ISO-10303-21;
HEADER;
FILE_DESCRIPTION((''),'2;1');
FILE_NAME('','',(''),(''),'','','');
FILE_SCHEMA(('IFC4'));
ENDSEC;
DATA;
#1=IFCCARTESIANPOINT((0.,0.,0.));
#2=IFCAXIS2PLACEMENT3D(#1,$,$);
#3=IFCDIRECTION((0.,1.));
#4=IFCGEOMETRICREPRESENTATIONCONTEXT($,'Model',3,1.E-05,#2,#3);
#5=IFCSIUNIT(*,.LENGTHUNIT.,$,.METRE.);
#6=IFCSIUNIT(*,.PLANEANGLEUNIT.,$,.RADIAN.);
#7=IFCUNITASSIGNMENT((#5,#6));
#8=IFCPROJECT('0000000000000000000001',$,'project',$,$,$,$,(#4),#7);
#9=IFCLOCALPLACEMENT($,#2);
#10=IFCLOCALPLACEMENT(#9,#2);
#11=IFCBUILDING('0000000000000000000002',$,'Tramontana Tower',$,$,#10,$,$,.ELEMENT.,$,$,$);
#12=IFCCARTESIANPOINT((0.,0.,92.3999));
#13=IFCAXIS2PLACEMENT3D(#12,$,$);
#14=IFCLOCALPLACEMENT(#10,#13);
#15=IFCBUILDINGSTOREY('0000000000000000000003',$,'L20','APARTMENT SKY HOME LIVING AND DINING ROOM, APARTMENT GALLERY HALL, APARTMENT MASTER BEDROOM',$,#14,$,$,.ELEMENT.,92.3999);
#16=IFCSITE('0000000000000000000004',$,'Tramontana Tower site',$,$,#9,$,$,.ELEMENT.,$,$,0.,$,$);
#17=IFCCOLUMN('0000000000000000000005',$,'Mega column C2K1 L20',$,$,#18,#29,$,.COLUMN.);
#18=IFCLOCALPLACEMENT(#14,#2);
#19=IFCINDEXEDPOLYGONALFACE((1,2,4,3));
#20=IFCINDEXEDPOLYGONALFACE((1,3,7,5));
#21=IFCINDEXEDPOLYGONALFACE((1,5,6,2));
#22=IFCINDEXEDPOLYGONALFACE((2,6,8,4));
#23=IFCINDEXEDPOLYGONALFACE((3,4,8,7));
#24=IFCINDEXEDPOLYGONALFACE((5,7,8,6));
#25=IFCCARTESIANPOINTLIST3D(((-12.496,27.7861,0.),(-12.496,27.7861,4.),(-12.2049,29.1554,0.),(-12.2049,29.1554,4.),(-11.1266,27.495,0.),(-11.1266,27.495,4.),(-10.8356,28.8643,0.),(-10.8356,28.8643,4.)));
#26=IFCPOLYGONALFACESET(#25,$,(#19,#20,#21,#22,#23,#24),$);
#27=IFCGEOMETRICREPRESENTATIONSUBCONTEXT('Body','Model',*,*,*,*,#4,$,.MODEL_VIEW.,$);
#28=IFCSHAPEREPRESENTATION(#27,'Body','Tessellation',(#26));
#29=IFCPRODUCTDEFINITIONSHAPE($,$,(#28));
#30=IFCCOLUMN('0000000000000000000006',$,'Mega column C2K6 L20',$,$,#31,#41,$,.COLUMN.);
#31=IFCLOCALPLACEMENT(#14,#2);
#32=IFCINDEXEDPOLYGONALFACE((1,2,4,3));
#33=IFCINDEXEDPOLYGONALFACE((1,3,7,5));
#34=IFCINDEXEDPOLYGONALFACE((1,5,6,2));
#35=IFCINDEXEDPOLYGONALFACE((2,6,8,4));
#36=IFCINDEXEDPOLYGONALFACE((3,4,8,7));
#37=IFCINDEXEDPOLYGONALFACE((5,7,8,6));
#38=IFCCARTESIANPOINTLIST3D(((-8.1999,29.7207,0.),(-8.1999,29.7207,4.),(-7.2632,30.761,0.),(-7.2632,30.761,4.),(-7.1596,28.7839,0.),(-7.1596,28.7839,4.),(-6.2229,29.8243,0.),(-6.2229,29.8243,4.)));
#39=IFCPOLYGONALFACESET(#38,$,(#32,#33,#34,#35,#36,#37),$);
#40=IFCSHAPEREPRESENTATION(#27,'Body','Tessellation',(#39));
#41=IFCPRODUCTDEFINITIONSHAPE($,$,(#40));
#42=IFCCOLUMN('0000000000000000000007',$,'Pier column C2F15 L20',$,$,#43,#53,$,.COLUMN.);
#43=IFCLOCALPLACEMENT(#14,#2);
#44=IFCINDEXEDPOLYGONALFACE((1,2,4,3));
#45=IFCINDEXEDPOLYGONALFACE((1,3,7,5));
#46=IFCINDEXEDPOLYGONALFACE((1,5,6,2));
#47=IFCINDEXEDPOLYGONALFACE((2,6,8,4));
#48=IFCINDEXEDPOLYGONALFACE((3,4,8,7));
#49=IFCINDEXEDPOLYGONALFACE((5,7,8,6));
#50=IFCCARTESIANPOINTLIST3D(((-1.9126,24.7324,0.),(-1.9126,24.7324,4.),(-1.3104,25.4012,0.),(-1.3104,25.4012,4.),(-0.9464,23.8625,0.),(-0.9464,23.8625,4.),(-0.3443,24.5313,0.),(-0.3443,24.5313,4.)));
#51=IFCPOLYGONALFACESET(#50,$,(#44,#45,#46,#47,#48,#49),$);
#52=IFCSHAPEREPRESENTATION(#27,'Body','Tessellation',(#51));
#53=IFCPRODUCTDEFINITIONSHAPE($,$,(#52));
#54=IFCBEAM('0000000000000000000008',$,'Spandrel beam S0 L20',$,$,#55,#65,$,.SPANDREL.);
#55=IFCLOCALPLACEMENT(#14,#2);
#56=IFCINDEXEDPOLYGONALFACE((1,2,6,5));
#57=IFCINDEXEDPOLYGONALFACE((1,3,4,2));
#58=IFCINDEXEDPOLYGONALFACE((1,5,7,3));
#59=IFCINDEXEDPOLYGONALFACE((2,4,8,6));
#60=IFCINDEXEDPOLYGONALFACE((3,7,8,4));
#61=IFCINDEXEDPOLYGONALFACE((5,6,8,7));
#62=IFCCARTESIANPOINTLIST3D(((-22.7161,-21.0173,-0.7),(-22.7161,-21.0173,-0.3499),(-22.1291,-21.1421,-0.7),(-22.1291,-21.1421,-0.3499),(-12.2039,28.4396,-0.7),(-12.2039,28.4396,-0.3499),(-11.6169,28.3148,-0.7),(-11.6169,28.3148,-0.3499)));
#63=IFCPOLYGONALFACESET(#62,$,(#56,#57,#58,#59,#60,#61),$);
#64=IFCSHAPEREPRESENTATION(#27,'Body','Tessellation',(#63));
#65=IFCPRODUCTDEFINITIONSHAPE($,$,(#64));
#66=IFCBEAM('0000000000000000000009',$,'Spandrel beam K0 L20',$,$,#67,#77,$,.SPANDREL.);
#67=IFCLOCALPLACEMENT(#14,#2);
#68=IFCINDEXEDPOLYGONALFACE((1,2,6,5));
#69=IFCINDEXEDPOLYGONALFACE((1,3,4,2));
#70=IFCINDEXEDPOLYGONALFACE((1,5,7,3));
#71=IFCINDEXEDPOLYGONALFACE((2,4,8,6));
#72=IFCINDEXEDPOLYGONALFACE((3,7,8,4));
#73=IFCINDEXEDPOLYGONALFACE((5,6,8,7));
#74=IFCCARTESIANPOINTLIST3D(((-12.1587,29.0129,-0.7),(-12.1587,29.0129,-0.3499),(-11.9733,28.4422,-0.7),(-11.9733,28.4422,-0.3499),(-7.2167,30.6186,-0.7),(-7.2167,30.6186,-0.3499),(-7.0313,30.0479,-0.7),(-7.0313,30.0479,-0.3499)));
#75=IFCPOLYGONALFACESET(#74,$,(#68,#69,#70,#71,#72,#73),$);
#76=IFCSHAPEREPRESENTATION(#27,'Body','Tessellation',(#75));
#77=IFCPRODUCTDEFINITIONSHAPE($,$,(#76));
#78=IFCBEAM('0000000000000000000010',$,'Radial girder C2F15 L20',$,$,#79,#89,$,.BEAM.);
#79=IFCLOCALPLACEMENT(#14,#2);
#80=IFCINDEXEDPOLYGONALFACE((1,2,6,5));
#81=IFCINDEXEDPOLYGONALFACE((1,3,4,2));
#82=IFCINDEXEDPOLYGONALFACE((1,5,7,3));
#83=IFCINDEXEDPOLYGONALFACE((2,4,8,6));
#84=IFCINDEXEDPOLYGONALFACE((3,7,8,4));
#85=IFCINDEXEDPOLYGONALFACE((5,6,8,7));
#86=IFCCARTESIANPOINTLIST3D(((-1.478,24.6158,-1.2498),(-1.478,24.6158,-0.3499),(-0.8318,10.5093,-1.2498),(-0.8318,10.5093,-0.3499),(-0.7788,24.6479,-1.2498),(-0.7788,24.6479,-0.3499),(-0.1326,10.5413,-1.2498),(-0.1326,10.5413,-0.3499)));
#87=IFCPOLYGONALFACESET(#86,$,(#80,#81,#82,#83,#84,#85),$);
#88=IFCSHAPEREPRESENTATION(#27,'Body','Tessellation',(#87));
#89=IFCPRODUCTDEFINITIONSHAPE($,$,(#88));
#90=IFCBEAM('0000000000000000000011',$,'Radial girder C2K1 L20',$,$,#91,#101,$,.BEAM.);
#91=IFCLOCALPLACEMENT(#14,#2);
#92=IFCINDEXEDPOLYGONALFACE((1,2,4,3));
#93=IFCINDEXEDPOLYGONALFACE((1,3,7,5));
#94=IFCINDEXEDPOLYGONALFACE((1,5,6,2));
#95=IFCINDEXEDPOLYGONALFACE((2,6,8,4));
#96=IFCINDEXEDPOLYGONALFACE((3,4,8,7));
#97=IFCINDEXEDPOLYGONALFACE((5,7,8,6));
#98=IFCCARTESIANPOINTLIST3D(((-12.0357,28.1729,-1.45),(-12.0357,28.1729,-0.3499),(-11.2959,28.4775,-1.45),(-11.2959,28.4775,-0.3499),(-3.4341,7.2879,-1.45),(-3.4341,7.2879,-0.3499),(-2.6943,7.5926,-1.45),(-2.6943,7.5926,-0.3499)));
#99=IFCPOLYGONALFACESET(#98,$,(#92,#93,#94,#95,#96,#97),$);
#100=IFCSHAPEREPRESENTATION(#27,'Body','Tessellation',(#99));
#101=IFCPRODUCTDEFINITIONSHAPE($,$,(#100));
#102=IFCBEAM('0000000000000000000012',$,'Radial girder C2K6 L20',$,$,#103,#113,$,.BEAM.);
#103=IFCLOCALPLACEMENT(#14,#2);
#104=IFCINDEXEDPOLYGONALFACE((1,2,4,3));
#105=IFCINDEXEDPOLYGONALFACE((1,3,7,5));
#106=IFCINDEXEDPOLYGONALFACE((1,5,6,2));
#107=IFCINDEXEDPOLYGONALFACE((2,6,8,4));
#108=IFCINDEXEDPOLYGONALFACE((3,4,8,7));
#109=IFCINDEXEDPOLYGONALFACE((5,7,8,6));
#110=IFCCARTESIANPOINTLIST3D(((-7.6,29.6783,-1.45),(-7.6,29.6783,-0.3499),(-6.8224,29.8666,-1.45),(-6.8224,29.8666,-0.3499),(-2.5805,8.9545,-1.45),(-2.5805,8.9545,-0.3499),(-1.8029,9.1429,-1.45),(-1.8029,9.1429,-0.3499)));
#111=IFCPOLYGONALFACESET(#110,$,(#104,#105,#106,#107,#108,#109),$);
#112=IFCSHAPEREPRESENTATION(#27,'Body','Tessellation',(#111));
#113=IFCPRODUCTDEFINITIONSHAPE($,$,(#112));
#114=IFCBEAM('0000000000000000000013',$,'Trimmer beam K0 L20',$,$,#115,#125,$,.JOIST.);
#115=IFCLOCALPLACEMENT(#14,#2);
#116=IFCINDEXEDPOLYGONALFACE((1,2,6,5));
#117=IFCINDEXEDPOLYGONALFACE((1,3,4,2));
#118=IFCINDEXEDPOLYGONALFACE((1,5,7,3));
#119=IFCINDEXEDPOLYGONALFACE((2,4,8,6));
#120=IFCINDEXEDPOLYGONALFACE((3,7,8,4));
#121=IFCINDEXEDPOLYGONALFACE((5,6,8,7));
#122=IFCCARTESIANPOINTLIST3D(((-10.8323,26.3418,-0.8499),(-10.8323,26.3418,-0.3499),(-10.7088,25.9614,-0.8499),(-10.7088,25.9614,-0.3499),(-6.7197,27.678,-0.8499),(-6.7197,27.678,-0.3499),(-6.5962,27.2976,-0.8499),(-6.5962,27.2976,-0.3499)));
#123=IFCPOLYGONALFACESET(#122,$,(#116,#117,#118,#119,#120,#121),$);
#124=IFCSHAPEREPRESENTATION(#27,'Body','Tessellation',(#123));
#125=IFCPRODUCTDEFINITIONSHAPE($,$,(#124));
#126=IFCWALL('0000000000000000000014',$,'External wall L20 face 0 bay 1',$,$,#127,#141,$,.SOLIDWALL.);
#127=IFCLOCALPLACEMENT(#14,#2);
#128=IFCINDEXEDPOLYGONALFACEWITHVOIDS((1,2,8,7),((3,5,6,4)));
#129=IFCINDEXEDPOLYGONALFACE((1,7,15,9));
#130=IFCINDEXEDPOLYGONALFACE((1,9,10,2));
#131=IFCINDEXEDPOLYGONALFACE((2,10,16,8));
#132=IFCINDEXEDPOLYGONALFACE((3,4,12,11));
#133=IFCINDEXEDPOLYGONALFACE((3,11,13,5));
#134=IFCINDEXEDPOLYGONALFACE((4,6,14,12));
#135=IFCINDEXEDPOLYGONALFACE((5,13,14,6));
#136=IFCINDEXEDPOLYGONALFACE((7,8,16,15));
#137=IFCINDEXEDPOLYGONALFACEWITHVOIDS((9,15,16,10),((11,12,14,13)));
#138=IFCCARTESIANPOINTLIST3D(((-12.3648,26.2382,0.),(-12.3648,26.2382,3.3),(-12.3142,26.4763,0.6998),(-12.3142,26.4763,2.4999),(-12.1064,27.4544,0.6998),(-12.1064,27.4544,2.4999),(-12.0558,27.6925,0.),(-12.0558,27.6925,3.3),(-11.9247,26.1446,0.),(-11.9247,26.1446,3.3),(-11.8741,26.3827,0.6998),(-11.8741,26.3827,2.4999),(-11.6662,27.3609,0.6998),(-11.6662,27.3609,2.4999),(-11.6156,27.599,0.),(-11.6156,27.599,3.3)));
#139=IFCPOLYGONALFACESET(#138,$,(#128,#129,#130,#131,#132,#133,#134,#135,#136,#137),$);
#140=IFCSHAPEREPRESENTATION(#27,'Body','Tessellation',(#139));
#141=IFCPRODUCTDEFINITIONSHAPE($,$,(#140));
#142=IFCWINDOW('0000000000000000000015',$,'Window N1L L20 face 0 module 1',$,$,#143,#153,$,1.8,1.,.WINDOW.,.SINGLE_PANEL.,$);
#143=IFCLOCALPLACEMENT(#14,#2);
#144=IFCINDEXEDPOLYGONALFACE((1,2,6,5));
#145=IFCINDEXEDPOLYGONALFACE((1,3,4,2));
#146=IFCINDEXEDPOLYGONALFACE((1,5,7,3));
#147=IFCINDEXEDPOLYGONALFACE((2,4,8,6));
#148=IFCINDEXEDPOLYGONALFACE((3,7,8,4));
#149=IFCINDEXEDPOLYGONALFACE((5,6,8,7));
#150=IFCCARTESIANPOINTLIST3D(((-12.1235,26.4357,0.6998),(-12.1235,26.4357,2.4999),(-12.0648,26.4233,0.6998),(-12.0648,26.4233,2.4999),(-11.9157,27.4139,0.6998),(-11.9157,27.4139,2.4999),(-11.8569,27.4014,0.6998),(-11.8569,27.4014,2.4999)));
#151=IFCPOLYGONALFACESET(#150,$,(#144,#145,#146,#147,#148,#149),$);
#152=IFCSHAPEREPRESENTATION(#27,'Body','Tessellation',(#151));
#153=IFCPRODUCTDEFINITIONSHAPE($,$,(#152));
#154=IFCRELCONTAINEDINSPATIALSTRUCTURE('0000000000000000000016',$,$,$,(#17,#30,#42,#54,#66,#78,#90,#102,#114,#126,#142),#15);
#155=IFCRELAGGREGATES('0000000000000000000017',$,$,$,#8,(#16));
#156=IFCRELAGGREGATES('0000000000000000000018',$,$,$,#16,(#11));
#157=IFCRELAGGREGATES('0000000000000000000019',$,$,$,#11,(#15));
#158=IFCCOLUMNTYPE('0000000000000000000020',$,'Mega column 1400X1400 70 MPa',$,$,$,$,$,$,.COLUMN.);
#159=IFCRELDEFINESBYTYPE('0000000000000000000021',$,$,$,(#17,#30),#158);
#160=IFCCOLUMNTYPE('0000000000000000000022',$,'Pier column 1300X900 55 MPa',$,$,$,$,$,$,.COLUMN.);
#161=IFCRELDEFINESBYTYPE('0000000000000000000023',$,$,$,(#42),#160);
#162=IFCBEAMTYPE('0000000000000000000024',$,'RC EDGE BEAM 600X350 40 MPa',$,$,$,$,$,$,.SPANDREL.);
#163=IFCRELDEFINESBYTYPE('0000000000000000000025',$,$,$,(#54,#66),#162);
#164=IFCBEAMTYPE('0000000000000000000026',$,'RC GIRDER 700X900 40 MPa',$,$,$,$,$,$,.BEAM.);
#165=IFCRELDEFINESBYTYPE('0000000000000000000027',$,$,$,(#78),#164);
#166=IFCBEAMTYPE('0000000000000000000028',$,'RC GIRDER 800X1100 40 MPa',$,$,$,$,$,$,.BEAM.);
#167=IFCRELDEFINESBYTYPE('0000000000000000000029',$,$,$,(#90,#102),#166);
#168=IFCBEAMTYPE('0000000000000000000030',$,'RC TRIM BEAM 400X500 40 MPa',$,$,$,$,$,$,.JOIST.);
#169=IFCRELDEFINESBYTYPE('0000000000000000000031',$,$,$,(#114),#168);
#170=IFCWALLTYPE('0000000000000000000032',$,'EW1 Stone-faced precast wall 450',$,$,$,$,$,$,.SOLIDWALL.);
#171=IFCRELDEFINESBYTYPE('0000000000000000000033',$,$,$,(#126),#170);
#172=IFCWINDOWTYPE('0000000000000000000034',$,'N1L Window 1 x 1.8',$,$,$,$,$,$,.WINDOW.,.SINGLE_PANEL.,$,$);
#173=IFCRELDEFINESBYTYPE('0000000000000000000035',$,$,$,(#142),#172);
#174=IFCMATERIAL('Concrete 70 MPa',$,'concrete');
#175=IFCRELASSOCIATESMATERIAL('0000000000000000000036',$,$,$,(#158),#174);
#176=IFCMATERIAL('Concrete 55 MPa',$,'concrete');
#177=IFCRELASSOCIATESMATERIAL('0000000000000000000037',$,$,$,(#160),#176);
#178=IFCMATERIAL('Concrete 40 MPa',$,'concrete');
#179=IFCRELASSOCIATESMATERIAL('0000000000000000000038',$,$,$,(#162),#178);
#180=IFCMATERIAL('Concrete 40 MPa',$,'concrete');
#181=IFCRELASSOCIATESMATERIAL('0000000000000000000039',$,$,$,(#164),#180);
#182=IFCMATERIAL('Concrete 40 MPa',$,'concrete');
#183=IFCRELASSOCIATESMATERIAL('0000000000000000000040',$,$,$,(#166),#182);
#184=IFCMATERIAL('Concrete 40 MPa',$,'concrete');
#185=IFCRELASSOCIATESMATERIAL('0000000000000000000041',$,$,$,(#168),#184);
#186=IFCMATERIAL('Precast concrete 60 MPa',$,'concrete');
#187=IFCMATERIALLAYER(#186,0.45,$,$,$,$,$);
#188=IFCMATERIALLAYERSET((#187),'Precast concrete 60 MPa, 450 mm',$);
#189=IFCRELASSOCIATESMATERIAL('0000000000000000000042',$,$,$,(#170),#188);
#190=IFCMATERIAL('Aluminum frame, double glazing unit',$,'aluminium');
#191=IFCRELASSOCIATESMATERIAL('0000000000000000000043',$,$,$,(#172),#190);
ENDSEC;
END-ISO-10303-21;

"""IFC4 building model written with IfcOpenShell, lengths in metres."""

from ifc_helpers import new_model, si_unit, direction, frame, frame_2d, origin, origin_2d, place, context, subcontext, project, spatial, rectangle, extrude, material, layer, layer_set, material_profile, profile_set, type_object, element, fill, save


model = new_model("IFC4")

# Units and contexts
model_context = context("Model", 3, precision=1e-05, world=origin(), true_north=direction((0.0, 1.0)))
body_context = subcontext(model_context, "Body", "Model", "MODEL_VIEW")
ifc_project = project(units=[si_unit("LENGTHUNIT", "METRE"), si_unit("PLANEANGLEUNIT", "RADIAN")], contexts=[model_context])

# Site, building, storey
site_placement = place(None, origin())
site = spatial("IfcSite", under=ifc_project, at=site_placement, Name="Tramontana Tower site", CompositionType="ELEMENT", RefElevation=0.0)
building_placement = place(site_placement, origin())
building = spatial("IfcBuilding", under=site, at=building_placement, Name="Tramontana Tower", CompositionType="ELEMENT")
storey_placement = place(building_placement, frame((0.0, 0.0, 92.3999)))
storey = spatial("IfcBuildingStorey", under=building, at=storey_placement, Name="L20", Description="APARTMENT SKY HOME LIVING AND DINING ROOM, APARTMENT GALLERY HALL, APARTMENT MASTER BEDROOM", CompositionType="ELEMENT", Elevation=92.3999)

# Columns
ifc_material_1 = material(Name="Concrete 70 MPa", Category="concrete")
ifc_material_profile_1 = material_profile(ifc_material_1, rectangle(XDim=1.3999, YDim=1.3999, at=origin_2d()), Name="Mega column 1400X1400 70 MPa")
ifc_profile_set_1 = profile_set([ifc_material_profile_1], Name="Concrete 70 MPa")
column_type_1 = type_object("IfcColumnType", Name="Mega column 1400X1400 70 MPa", PredefinedType="COLUMN", material=ifc_profile_set_1)
for number, where, z_axis, x_axis, name in (
    (1, (-11.6658, 28.3252, 0.0), (0.0, 0.0, 1.0), (-0.207912, -0.978148, 0.0), "Mega column C2K1 L20"),
    (2, (-7.2114, 29.7725, 0.0), (0.0, 0.0, 1.0), (-0.743145, 0.669131, 0.0), "Mega column C2K6 L20"),
):
    element("IfcColumn", number, at=place(storey_placement, frame(where, z_axis=z_axis, x_axis=x_axis)), inside=storey, type_object=column_type_1, Name=name, PredefinedType="COLUMN", context=body_context, shape_type="SweptSolid", body=[
        extrude(rectangle(XDim=1.3999, YDim=1.3999, at=origin_2d()), origin(), (0.0, 0.0, 1.0), 4.0),
    ])
ifc_material_2 = material(Name="Concrete 55 MPa", Category="concrete")
ifc_material_profile_2 = material_profile(ifc_material_2, rectangle(XDim=1.3, YDim=0.8999, at=origin_2d()), Name="Pier column 1300X900 55 MPa")
ifc_profile_set_2 = profile_set([ifc_material_profile_2], Name="Concrete 55 MPa")
column_type_2 = type_object("IfcColumnType", Name="Pier column 1300X900 55 MPa", PredefinedType="COLUMN", material=ifc_profile_set_2)
column_placement = place(storey_placement, frame((-1.1284, 24.6318, 0.0), z_axis=(0.0, 0.0, 1.0), x_axis=(-0.743145, 0.669131, 0.0)))
element("IfcColumn", 3, at=column_placement, inside=storey, type_object=column_type_2, Name="Pier column C2F15 L20", PredefinedType="COLUMN", context=body_context, shape_type="SweptSolid", body=[
    extrude(rectangle(XDim=1.3, YDim=0.8999, at=origin_2d()), origin(), (0.0, 0.0, 1.0), 4.0),
])

# Beams
ifc_material_3 = material(Name="Concrete 40 MPa", Category="concrete")
ifc_material_profile_3 = material_profile(ifc_material_3, rectangle(XDim=0.6001, YDim=0.3501, at=origin_2d()), Name="RC EDGE BEAM 600X350 40 MPa")
ifc_profile_set_3 = profile_set([ifc_material_profile_3], Name="Concrete 40 MPa")
beam_type_1 = type_object("IfcBeamType", Name="RC EDGE BEAM 600X350 40 MPa", PredefinedType="SPANDREL", material=ifc_profile_set_3)
beam_1_placement = place(storey_placement, frame((-11.9104, 28.3772, -0.5249), z_axis=(-0.207909, -0.978148, 0.0), x_axis=(0.978148, -0.207909, 0.0)))
element("IfcBeam", 4, at=beam_1_placement, inside=storey, type_object=beam_type_1, Name="Spandrel beam S0 L20", PredefinedType="SPANDREL", context=body_context, shape_type="SweptSolid", body=[
    extrude(rectangle(XDim=0.6001, YDim=0.3501, at=origin_2d()), origin(), (0.0, 0.0, 1.0), 50.5618),
])
beam_2_placement = place(storey_placement, frame((-7.124, 30.3333, -0.5249), z_axis=(-0.951057, -0.309016, 0.0), x_axis=(0.309016, -0.951057, 0.0)))
element("IfcBeam", 5, at=beam_2_placement, inside=storey, type_object=beam_type_1, Name="Spandrel beam K0 L20", PredefinedType="SPANDREL", context=body_context, shape_type="SweptSolid", body=[
    extrude(rectangle(XDim=0.6001, YDim=0.3501, at=origin_2d()), origin(), (0.0, 0.0, 1.0), 5.1963),
])
ifc_material_4 = material(Name="Concrete 40 MPa", Category="concrete")
ifc_material_profile_4 = material_profile(ifc_material_4, rectangle(XDim=0.7, YDim=0.8999, at=origin_2d()), Name="RC GIRDER 700X900 40 MPa")
ifc_profile_set_4 = profile_set([ifc_material_profile_4], Name="Concrete 40 MPa")
beam_type_2 = type_object("IfcBeamType", Name="RC GIRDER 700X900 40 MPa", PredefinedType="BEAM", material=ifc_profile_set_4)
beam_3_placement = place(storey_placement, frame((-1.1284, 24.6318, -0.7998), z_axis=(0.045764, -0.998952, 0.0), x_axis=(0.998952, 0.045764, 0.0)))
element("IfcBeam", 6, at=beam_3_placement, inside=storey, type_object=beam_type_2, Name="Radial girder C2F15 L20", PredefinedType="BEAM", context=body_context, shape_type="SweptSolid", body=[
    extrude(rectangle(XDim=0.7, YDim=0.8999, at=origin_2d()), origin(), (0.0, 0.0, 1.0), 14.1213),
])
ifc_material_5 = material(Name="Concrete 40 MPa", Category="concrete")
ifc_material_profile_5 = material_profile(ifc_material_5, rectangle(XDim=0.8, YDim=1.1001, at=origin_2d()), Name="RC GIRDER 800X1100 40 MPa")
ifc_profile_set_5 = profile_set([ifc_material_profile_5], Name="Concrete 40 MPa")
beam_type_3 = type_object("IfcBeamType", Name="RC GIRDER 800X1100 40 MPa", PredefinedType="BEAM", material=ifc_profile_set_5)
beam_4_placement = place(storey_placement, frame((-11.6658, 28.3252, -0.8999), z_axis=(0.38082, -0.924649, 0.0), x_axis=(0.924649, 0.38082, 0.0)))
element("IfcBeam", 7, at=beam_4_placement, inside=storey, type_object=beam_type_3, Name="Radial girder C2K1 L20", PredefinedType="BEAM", context=body_context, shape_type="SweptSolid", body=[
    extrude(rectangle(XDim=0.8, YDim=1.1001, at=origin_2d()), origin(), (0.0, 0.0, 1.0), 22.5869),
])
beam_5_placement = place(storey_placement, frame((-7.2112, 29.7725, -0.8999), z_axis=(0.235403, -0.971898, 0.0), x_axis=(0.971898, 0.235403, 0.0)))
element("IfcBeam", 8, at=beam_5_placement, inside=storey, type_object=beam_type_3, Name="Radial girder C2K6 L20", PredefinedType="BEAM", context=body_context, shape_type="SweptSolid", body=[
    extrude(rectangle(XDim=0.8, YDim=1.1001, at=origin_2d()), origin(), (0.0, 0.0, 1.0), 21.323),
])
ifc_material_6 = material(Name="Concrete 40 MPa", Category="concrete")
ifc_material_profile_6 = material_profile(ifc_material_6, rectangle(XDim=0.3999, YDim=0.5, at=origin_2d()), Name="RC TRIM BEAM 400X500 40 MPa")
ifc_profile_set_6 = profile_set([ifc_material_profile_6], Name="Concrete 40 MPa")
beam_type_4 = type_object("IfcBeamType", Name="RC TRIM BEAM 400X500 40 MPa", PredefinedType="JOIST", material=ifc_profile_set_6)
beam_6_placement = place(storey_placement, frame((-6.658, 27.4878, -0.5999), z_axis=(-0.951061, -0.309003, 0.0), x_axis=(0.309003, -0.951061, 0.0)))
element("IfcBeam", 9, at=beam_6_placement, inside=storey, type_object=beam_type_4, Name="Trimmer beam K0 L20", PredefinedType="JOIST", context=body_context, shape_type="SweptSolid", body=[
    extrude(rectangle(XDim=0.3999, YDim=0.5, at=origin_2d()), origin(), (0.0, 0.0, 1.0), 4.3242),
])

# Wall, opening, window
ifc_material_7 = material(Name="Precast concrete 60 MPa", Category="concrete")
ifc_layer_1 = layer(ifc_material_7, 0.45)
ifc_layer_set_1 = layer_set([ifc_layer_1], Name="Precast concrete 60 MPa, 450 mm")
wall_type_1 = type_object("IfcWallType", Name="EW1 Stone-faced precast wall 450", PredefinedType="SOLIDWALL", material=ifc_layer_set_1)
wall_1_placement = place(storey_placement, frame((-11.8357, 27.6458, 0.0), z_axis=(0.0, 0.0, 1.0), x_axis=(-0.20788, -0.978154, 0.0)))
wall_1 = element("IfcWall", 10, at=wall_1_placement, inside=storey, type_object=wall_type_1, Name="External wall L20 face 0 bay 1", PredefinedType="SOLIDWALL", context=body_context, shape_type="SweptSolid", body=[
    extrude(rectangle(XDim=1.4868, YDim=0.45, at=frame_2d((0.7434, 0.0))), origin(), (0.0, 0.0, 1.0), 3.3),
])
opening_1_placement = place(wall_1_placement, frame((0.2434, 0.0, 0.7)))
opening_1 = element("IfcOpeningElement", 11, at=opening_1_placement, cuts=wall_1, PredefinedType="OPENING", context=body_context, shape_type="SweptSolid", body=[
    extrude(rectangle(XDim=1.0, YDim=1.8, at=frame_2d((0.5, 0.8999))), frame((0.0, 0.2349, 0.0), z_axis=(0.0, -1.0, 0.0), x_axis=(1.0, 0.0, 0.0)), (0.0, 0.0, 1.0), 0.47),
])
ifc_material_8 = material(Name="Aluminum frame, double glazing unit", Category="aluminium")
window_type_1 = type_object("IfcWindowType", Name="N1L Window 1 x 1.8", PartitioningType="SINGLE_PANEL", PredefinedType="WINDOW", material=ifc_material_8)
window_1_placement = place(opening_1_placement, origin())
window_1 = element("IfcWindow", 12, at=window_1_placement, inside=storey, type_object=window_type_1, Name="Window N1L L20 face 0 module 1", OverallHeight=1.8, OverallWidth=1.0, PartitioningType="SINGLE_PANEL", PredefinedType="WINDOW", context=body_context, shape_type="SweptSolid", body=[
    extrude(rectangle(XDim=1.0, YDim=1.8, at=frame_2d((0.5, 0.8999))), frame((0.0, 0.03, 0.0), z_axis=(0.0, -1.0, 0.0), x_axis=(1.0, 0.0, 0.0)), (0.0, 0.0, 1.0), 0.0601),
])
fill(opening_1, window_1)

save(model, "model.ifc")
